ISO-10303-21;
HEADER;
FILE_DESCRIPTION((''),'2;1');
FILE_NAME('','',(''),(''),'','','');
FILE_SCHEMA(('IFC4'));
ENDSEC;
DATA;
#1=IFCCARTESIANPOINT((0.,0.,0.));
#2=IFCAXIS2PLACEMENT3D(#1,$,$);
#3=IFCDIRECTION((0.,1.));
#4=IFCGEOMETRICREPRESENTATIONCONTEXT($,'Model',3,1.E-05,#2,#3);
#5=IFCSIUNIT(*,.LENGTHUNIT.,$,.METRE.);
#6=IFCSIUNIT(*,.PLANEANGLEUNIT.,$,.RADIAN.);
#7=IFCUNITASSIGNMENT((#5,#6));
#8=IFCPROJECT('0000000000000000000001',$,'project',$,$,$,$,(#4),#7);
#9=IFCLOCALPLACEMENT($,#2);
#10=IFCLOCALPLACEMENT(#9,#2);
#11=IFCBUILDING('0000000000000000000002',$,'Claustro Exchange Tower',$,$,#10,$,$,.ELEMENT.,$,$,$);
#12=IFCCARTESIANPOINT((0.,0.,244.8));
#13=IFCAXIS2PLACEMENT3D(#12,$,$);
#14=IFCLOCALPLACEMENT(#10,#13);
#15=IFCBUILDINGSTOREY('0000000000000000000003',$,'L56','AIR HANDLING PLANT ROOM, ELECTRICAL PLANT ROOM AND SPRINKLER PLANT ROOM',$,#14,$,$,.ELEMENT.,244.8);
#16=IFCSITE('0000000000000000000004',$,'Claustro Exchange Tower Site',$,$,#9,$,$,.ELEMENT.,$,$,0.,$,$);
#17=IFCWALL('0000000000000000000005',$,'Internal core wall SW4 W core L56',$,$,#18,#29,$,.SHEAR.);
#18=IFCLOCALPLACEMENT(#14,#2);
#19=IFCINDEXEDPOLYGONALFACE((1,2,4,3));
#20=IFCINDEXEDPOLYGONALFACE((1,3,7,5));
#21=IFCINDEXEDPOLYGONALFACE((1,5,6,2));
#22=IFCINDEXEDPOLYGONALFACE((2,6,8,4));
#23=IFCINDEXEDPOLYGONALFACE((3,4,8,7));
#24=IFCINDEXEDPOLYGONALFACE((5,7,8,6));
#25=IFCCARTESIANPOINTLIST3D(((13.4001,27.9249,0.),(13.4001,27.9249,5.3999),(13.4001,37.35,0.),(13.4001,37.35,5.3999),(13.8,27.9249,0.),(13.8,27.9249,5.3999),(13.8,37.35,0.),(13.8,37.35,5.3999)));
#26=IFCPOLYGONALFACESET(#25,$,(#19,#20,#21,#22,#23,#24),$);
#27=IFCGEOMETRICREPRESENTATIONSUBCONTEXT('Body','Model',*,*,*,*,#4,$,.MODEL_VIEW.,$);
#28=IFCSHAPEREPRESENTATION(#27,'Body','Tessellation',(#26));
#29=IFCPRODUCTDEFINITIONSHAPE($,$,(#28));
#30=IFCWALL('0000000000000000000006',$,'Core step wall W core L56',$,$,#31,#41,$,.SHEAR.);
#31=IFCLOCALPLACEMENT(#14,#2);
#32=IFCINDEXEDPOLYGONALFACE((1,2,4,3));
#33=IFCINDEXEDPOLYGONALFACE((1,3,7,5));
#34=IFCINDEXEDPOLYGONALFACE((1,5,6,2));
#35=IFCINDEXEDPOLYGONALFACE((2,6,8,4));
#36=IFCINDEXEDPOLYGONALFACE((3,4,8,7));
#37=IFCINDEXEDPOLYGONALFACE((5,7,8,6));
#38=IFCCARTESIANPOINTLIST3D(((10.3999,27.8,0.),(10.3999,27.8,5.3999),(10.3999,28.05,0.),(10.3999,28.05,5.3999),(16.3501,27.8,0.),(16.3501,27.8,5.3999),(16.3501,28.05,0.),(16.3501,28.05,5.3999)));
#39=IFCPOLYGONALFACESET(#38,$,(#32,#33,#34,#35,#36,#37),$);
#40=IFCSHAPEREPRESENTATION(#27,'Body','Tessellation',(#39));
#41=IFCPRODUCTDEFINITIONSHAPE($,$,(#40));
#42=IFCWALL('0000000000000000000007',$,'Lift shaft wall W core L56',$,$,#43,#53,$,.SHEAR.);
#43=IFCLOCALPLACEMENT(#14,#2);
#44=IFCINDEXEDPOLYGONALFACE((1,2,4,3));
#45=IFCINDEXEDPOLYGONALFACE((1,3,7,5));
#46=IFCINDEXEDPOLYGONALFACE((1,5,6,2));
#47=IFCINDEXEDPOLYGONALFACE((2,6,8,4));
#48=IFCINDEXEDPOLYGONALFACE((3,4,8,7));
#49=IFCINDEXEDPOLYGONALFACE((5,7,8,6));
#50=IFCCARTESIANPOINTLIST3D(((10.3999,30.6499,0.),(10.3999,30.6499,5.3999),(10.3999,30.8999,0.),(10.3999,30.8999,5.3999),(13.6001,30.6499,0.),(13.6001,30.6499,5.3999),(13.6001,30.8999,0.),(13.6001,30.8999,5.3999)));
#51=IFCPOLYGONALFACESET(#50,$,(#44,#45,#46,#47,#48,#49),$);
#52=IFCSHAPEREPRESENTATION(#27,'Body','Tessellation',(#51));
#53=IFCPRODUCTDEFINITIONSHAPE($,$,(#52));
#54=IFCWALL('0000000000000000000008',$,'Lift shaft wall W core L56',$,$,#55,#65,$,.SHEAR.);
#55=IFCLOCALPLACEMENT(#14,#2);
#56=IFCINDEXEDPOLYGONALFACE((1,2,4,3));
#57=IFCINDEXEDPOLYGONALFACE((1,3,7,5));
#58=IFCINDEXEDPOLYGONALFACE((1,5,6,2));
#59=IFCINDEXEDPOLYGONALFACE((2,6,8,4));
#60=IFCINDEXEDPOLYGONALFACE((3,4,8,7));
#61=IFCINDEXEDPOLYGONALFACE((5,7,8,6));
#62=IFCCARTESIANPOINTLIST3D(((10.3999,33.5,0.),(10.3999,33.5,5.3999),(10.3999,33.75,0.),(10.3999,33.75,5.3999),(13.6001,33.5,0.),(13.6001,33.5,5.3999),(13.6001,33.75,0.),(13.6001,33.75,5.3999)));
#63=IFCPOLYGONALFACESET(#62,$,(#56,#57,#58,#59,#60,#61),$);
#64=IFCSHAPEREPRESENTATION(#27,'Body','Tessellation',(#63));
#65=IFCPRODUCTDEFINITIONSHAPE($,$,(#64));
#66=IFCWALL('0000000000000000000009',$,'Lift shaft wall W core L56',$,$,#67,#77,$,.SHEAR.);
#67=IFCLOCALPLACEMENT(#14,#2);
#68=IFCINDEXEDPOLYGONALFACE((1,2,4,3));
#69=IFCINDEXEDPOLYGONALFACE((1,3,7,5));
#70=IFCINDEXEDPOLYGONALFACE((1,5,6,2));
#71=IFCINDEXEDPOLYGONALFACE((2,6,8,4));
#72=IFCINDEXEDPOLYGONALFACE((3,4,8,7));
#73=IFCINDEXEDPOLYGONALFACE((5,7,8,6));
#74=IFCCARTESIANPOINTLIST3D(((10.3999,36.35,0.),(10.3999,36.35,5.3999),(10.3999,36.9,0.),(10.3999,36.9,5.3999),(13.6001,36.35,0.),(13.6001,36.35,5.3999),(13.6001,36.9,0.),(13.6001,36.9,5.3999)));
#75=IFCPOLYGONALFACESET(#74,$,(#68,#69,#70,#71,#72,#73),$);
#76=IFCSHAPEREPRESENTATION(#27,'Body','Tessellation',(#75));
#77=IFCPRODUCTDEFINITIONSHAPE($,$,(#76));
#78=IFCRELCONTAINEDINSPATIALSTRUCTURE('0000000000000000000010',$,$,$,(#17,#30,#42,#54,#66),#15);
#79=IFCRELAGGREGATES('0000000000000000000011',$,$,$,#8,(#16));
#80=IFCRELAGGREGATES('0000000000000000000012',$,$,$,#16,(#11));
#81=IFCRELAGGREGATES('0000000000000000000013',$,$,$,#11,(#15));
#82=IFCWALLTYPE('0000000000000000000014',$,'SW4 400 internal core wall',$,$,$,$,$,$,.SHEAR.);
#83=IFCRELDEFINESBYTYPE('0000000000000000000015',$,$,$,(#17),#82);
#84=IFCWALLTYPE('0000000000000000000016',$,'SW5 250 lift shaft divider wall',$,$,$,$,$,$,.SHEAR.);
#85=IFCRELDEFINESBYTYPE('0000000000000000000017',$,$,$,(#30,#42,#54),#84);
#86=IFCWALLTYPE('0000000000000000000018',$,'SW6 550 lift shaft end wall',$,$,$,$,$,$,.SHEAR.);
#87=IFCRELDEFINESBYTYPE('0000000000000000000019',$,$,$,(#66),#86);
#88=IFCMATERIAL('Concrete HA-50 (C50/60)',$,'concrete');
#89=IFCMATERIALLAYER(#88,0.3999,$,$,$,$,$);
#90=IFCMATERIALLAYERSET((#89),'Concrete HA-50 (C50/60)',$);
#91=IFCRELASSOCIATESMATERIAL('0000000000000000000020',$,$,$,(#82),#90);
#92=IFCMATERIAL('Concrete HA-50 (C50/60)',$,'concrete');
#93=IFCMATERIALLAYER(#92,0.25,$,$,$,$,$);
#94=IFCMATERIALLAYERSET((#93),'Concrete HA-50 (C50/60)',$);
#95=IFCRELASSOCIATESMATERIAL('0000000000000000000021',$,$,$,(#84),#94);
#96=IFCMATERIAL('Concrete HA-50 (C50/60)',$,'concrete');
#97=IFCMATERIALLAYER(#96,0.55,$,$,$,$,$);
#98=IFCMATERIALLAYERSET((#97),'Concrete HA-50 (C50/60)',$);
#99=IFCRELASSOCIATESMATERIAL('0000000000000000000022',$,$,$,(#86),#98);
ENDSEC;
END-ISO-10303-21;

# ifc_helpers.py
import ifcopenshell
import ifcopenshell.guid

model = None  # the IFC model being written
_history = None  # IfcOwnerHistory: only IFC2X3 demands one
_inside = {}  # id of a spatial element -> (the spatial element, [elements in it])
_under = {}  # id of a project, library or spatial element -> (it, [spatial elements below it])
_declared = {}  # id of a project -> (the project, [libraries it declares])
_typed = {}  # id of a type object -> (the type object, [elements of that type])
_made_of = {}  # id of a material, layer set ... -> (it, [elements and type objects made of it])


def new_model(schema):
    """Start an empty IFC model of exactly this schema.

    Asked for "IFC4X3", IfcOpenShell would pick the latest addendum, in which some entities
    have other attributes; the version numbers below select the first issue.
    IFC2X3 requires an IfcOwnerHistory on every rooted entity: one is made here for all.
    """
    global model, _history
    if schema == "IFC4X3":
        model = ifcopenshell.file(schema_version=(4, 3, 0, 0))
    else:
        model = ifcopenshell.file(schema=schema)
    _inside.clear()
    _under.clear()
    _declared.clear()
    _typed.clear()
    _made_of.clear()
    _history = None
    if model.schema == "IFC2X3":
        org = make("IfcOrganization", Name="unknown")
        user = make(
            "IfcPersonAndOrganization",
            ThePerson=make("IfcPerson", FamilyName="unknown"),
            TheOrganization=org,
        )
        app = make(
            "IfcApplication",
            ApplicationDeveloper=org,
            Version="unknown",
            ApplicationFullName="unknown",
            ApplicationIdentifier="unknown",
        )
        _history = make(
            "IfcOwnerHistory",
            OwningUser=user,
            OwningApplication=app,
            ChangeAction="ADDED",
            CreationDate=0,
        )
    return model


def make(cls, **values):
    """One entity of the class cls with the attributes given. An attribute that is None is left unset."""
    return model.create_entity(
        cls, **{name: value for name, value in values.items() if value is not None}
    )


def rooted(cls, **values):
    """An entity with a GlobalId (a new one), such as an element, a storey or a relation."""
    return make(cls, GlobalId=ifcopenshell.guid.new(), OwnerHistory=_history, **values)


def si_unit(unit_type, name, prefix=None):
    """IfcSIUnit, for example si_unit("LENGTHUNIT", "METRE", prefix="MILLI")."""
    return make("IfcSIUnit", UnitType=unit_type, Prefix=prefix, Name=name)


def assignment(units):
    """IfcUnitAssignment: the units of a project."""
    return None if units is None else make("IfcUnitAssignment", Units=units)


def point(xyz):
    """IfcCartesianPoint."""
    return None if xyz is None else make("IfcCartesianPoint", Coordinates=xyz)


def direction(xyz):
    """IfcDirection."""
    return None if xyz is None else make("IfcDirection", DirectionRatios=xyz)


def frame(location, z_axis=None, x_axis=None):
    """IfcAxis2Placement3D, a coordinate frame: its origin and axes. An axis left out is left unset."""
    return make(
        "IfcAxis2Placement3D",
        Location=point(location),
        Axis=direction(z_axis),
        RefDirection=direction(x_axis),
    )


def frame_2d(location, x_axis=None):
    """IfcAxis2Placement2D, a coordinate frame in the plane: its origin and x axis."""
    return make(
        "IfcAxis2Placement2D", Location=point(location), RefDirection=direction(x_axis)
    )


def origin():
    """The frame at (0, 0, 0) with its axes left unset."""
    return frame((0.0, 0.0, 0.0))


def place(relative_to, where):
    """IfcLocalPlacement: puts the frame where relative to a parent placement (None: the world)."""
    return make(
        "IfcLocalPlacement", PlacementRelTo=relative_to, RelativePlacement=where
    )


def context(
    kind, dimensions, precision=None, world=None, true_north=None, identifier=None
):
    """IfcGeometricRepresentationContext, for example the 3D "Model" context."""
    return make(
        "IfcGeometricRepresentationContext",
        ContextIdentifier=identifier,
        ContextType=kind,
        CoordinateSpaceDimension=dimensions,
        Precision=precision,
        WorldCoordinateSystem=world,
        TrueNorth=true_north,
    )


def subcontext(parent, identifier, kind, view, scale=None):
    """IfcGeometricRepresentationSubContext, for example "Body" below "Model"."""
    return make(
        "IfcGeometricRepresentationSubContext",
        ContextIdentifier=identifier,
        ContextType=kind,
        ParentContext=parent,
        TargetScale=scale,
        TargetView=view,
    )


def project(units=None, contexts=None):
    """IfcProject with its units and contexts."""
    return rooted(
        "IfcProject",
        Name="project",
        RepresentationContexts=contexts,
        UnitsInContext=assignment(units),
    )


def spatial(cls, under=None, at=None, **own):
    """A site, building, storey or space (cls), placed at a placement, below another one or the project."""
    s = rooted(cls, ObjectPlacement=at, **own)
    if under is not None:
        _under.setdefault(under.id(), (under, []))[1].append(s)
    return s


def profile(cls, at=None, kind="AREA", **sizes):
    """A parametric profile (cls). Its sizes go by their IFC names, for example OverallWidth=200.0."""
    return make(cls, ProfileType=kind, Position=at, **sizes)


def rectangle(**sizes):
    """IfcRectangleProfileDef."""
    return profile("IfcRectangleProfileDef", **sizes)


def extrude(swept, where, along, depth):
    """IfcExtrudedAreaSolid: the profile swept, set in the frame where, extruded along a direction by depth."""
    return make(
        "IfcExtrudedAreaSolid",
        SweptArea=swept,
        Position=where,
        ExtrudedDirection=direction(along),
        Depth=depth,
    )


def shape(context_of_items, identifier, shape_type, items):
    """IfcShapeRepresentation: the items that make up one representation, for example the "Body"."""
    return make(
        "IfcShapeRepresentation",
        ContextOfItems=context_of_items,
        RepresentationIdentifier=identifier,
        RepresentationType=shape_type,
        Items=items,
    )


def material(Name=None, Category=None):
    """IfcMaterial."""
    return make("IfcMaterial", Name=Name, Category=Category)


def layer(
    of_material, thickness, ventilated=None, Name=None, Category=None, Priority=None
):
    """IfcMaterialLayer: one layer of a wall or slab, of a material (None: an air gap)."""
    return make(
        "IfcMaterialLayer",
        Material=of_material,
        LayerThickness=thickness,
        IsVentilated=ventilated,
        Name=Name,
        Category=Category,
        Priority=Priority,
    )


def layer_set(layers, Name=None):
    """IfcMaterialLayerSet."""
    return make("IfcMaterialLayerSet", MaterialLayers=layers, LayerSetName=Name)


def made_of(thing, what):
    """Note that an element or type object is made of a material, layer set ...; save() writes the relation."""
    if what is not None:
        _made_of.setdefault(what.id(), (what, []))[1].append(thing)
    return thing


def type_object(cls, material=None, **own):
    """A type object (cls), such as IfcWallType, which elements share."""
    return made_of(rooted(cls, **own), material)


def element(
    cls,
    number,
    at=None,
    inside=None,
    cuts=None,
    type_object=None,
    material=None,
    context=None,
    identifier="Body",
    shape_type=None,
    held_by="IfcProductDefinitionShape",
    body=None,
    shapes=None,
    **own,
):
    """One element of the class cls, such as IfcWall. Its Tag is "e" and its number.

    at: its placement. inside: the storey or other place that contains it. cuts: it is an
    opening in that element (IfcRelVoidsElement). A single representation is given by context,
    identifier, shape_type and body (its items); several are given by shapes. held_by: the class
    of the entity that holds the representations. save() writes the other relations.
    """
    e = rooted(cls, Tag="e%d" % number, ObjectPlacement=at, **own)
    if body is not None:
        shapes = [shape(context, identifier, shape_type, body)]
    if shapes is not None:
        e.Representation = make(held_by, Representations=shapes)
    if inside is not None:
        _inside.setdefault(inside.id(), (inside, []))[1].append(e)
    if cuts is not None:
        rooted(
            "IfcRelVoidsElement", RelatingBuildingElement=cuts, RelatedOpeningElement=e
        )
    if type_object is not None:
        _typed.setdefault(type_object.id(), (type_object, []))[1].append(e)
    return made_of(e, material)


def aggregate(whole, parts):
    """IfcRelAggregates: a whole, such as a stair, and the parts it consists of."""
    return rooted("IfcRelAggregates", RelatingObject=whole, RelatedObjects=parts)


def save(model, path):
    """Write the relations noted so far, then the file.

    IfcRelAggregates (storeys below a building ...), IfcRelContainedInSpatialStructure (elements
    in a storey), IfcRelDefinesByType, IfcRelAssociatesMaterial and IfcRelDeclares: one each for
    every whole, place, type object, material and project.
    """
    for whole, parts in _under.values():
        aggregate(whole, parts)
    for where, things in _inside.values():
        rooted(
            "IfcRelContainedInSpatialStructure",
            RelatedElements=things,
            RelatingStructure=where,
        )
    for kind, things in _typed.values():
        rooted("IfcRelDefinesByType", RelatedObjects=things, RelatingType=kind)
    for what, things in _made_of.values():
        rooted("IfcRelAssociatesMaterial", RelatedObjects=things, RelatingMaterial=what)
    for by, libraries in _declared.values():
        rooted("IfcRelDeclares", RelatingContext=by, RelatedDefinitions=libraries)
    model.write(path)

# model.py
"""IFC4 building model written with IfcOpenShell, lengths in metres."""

from ifc_helpers import new_model, si_unit, direction, frame, frame_2d, origin, place, context, subcontext, project, spatial, rectangle, extrude, material, layer, layer_set, type_object, element, save


model = new_model("IFC4")

# Units and contexts
model_context = context("Model", 3, precision=1e-05, world=origin(), true_north=direction((0.0, 1.0)))
body_context = subcontext(model_context, "Body", "Model", "MODEL_VIEW")
ifc_project = project(units=[si_unit("LENGTHUNIT", "METRE"), si_unit("PLANEANGLEUNIT", "RADIAN")], contexts=[model_context])

# Site, building, storey
site_placement = place(None, origin())
site = spatial("IfcSite", under=ifc_project, at=site_placement, Name="Claustro Exchange Tower Site", CompositionType="ELEMENT", RefElevation=0.0)
building_placement = place(site_placement, origin())
building = spatial("IfcBuilding", under=site, at=building_placement, Name="Claustro Exchange Tower", CompositionType="ELEMENT")
storey_placement = place(building_placement, frame((0.0, 0.0, 244.8)))
storey = spatial("IfcBuildingStorey", under=building, at=storey_placement, Name="L56", Description="AIR HANDLING PLANT ROOM, ELECTRICAL PLANT ROOM AND SPRINKLER PLANT ROOM", CompositionType="ELEMENT", Elevation=244.8)

# Walls
ifc_material_1 = material(Name="Concrete HA-50 (C50/60)", Category="concrete")
ifc_layer_1 = layer(ifc_material_1, 0.3999)
ifc_layer_set_1 = layer_set([ifc_layer_1], Name="Concrete HA-50 (C50/60)")
wall_type_1 = type_object("IfcWallType", Name="SW4 400 internal core wall", PredefinedType="SHEAR", material=ifc_layer_set_1)
wall_1_placement = place(storey_placement, frame((13.6001, 27.925, 0.0), z_axis=(0.0, 0.0, 1.0), x_axis=(0.0, 1.0, 0.0)))
element("IfcWall", 1, at=wall_1_placement, inside=storey, type_object=wall_type_1, Name="Internal core wall SW4 W core L56", PredefinedType="SHEAR", context=body_context, shape_type="SweptSolid", body=[
    extrude(rectangle(XDim=9.425, YDim=0.3999, at=frame_2d((4.7124, 0.0))), origin(), (0.0, 0.0, 1.0), 5.3999),
])
ifc_material_2 = material(Name="Concrete HA-50 (C50/60)", Category="concrete")
ifc_layer_2 = layer(ifc_material_2, 0.25)
ifc_layer_set_2 = layer_set([ifc_layer_2], Name="Concrete HA-50 (C50/60)")
wall_type_2 = type_object("IfcWallType", Name="SW5 250 lift shaft divider wall", PredefinedType="SHEAR", material=ifc_layer_set_2)
wall_2_placement = place(storey_placement, frame((10.3999, 27.925, 0.0), z_axis=(0.0, 0.0, 1.0), x_axis=(1.0, 0.0, 0.0)))
element("IfcWall", 2, at=wall_2_placement, inside=storey, type_object=wall_type_2, Name="Core step wall W core L56", PredefinedType="SHEAR", context=body_context, shape_type="SweptSolid", body=[
    extrude(rectangle(XDim=5.9502, YDim=0.25, at=frame_2d((2.9751, 0.0))), origin(), (0.0, 0.0, 1.0), 5.3999),
])
for number, where, z_axis, x_axis, name in (
    (3, (10.3999, 30.7749, 0.0), (0.0, 0.0, 1.0), (1.0, 0.0, 0.0), "Lift shaft wall W core L56"),
    (4, (10.3999, 33.625, 0.0), (0.0, 0.0, 1.0), (1.0, 0.0, 0.0), "Lift shaft wall W core L56"),
):
    element("IfcWall", number, at=place(storey_placement, frame(where, z_axis=z_axis, x_axis=x_axis)), inside=storey, type_object=wall_type_2, Name=name, PredefinedType="SHEAR", context=body_context, shape_type="SweptSolid", body=[
        extrude(rectangle(XDim=3.2002, YDim=0.25, at=frame_2d((1.6001, 0.0))), origin(), (0.0, 0.0, 1.0), 5.3999),
    ])
ifc_material_3 = material(Name="Concrete HA-50 (C50/60)", Category="concrete")
ifc_layer_3 = layer(ifc_material_3, 0.55)
ifc_layer_set_3 = layer_set([ifc_layer_3], Name="Concrete HA-50 (C50/60)")
wall_type_3 = type_object("IfcWallType", Name="SW6 550 lift shaft end wall", PredefinedType="SHEAR", material=ifc_layer_set_3)
wall_3_placement = place(storey_placement, frame((10.3999, 36.625, 0.0), z_axis=(0.0, 0.0, 1.0), x_axis=(1.0, 0.0, 0.0)))
element("IfcWall", 5, at=wall_3_placement, inside=storey, type_object=wall_type_3, Name="Lift shaft wall W core L56", PredefinedType="SHEAR", context=body_context, shape_type="SweptSolid", body=[
    extrude(rectangle(XDim=3.2002, YDim=0.55, at=frame_2d((1.6001, 0.0))), origin(), (0.0, 0.0, 1.0), 5.3999),
])

save(model, "model.ifc")
